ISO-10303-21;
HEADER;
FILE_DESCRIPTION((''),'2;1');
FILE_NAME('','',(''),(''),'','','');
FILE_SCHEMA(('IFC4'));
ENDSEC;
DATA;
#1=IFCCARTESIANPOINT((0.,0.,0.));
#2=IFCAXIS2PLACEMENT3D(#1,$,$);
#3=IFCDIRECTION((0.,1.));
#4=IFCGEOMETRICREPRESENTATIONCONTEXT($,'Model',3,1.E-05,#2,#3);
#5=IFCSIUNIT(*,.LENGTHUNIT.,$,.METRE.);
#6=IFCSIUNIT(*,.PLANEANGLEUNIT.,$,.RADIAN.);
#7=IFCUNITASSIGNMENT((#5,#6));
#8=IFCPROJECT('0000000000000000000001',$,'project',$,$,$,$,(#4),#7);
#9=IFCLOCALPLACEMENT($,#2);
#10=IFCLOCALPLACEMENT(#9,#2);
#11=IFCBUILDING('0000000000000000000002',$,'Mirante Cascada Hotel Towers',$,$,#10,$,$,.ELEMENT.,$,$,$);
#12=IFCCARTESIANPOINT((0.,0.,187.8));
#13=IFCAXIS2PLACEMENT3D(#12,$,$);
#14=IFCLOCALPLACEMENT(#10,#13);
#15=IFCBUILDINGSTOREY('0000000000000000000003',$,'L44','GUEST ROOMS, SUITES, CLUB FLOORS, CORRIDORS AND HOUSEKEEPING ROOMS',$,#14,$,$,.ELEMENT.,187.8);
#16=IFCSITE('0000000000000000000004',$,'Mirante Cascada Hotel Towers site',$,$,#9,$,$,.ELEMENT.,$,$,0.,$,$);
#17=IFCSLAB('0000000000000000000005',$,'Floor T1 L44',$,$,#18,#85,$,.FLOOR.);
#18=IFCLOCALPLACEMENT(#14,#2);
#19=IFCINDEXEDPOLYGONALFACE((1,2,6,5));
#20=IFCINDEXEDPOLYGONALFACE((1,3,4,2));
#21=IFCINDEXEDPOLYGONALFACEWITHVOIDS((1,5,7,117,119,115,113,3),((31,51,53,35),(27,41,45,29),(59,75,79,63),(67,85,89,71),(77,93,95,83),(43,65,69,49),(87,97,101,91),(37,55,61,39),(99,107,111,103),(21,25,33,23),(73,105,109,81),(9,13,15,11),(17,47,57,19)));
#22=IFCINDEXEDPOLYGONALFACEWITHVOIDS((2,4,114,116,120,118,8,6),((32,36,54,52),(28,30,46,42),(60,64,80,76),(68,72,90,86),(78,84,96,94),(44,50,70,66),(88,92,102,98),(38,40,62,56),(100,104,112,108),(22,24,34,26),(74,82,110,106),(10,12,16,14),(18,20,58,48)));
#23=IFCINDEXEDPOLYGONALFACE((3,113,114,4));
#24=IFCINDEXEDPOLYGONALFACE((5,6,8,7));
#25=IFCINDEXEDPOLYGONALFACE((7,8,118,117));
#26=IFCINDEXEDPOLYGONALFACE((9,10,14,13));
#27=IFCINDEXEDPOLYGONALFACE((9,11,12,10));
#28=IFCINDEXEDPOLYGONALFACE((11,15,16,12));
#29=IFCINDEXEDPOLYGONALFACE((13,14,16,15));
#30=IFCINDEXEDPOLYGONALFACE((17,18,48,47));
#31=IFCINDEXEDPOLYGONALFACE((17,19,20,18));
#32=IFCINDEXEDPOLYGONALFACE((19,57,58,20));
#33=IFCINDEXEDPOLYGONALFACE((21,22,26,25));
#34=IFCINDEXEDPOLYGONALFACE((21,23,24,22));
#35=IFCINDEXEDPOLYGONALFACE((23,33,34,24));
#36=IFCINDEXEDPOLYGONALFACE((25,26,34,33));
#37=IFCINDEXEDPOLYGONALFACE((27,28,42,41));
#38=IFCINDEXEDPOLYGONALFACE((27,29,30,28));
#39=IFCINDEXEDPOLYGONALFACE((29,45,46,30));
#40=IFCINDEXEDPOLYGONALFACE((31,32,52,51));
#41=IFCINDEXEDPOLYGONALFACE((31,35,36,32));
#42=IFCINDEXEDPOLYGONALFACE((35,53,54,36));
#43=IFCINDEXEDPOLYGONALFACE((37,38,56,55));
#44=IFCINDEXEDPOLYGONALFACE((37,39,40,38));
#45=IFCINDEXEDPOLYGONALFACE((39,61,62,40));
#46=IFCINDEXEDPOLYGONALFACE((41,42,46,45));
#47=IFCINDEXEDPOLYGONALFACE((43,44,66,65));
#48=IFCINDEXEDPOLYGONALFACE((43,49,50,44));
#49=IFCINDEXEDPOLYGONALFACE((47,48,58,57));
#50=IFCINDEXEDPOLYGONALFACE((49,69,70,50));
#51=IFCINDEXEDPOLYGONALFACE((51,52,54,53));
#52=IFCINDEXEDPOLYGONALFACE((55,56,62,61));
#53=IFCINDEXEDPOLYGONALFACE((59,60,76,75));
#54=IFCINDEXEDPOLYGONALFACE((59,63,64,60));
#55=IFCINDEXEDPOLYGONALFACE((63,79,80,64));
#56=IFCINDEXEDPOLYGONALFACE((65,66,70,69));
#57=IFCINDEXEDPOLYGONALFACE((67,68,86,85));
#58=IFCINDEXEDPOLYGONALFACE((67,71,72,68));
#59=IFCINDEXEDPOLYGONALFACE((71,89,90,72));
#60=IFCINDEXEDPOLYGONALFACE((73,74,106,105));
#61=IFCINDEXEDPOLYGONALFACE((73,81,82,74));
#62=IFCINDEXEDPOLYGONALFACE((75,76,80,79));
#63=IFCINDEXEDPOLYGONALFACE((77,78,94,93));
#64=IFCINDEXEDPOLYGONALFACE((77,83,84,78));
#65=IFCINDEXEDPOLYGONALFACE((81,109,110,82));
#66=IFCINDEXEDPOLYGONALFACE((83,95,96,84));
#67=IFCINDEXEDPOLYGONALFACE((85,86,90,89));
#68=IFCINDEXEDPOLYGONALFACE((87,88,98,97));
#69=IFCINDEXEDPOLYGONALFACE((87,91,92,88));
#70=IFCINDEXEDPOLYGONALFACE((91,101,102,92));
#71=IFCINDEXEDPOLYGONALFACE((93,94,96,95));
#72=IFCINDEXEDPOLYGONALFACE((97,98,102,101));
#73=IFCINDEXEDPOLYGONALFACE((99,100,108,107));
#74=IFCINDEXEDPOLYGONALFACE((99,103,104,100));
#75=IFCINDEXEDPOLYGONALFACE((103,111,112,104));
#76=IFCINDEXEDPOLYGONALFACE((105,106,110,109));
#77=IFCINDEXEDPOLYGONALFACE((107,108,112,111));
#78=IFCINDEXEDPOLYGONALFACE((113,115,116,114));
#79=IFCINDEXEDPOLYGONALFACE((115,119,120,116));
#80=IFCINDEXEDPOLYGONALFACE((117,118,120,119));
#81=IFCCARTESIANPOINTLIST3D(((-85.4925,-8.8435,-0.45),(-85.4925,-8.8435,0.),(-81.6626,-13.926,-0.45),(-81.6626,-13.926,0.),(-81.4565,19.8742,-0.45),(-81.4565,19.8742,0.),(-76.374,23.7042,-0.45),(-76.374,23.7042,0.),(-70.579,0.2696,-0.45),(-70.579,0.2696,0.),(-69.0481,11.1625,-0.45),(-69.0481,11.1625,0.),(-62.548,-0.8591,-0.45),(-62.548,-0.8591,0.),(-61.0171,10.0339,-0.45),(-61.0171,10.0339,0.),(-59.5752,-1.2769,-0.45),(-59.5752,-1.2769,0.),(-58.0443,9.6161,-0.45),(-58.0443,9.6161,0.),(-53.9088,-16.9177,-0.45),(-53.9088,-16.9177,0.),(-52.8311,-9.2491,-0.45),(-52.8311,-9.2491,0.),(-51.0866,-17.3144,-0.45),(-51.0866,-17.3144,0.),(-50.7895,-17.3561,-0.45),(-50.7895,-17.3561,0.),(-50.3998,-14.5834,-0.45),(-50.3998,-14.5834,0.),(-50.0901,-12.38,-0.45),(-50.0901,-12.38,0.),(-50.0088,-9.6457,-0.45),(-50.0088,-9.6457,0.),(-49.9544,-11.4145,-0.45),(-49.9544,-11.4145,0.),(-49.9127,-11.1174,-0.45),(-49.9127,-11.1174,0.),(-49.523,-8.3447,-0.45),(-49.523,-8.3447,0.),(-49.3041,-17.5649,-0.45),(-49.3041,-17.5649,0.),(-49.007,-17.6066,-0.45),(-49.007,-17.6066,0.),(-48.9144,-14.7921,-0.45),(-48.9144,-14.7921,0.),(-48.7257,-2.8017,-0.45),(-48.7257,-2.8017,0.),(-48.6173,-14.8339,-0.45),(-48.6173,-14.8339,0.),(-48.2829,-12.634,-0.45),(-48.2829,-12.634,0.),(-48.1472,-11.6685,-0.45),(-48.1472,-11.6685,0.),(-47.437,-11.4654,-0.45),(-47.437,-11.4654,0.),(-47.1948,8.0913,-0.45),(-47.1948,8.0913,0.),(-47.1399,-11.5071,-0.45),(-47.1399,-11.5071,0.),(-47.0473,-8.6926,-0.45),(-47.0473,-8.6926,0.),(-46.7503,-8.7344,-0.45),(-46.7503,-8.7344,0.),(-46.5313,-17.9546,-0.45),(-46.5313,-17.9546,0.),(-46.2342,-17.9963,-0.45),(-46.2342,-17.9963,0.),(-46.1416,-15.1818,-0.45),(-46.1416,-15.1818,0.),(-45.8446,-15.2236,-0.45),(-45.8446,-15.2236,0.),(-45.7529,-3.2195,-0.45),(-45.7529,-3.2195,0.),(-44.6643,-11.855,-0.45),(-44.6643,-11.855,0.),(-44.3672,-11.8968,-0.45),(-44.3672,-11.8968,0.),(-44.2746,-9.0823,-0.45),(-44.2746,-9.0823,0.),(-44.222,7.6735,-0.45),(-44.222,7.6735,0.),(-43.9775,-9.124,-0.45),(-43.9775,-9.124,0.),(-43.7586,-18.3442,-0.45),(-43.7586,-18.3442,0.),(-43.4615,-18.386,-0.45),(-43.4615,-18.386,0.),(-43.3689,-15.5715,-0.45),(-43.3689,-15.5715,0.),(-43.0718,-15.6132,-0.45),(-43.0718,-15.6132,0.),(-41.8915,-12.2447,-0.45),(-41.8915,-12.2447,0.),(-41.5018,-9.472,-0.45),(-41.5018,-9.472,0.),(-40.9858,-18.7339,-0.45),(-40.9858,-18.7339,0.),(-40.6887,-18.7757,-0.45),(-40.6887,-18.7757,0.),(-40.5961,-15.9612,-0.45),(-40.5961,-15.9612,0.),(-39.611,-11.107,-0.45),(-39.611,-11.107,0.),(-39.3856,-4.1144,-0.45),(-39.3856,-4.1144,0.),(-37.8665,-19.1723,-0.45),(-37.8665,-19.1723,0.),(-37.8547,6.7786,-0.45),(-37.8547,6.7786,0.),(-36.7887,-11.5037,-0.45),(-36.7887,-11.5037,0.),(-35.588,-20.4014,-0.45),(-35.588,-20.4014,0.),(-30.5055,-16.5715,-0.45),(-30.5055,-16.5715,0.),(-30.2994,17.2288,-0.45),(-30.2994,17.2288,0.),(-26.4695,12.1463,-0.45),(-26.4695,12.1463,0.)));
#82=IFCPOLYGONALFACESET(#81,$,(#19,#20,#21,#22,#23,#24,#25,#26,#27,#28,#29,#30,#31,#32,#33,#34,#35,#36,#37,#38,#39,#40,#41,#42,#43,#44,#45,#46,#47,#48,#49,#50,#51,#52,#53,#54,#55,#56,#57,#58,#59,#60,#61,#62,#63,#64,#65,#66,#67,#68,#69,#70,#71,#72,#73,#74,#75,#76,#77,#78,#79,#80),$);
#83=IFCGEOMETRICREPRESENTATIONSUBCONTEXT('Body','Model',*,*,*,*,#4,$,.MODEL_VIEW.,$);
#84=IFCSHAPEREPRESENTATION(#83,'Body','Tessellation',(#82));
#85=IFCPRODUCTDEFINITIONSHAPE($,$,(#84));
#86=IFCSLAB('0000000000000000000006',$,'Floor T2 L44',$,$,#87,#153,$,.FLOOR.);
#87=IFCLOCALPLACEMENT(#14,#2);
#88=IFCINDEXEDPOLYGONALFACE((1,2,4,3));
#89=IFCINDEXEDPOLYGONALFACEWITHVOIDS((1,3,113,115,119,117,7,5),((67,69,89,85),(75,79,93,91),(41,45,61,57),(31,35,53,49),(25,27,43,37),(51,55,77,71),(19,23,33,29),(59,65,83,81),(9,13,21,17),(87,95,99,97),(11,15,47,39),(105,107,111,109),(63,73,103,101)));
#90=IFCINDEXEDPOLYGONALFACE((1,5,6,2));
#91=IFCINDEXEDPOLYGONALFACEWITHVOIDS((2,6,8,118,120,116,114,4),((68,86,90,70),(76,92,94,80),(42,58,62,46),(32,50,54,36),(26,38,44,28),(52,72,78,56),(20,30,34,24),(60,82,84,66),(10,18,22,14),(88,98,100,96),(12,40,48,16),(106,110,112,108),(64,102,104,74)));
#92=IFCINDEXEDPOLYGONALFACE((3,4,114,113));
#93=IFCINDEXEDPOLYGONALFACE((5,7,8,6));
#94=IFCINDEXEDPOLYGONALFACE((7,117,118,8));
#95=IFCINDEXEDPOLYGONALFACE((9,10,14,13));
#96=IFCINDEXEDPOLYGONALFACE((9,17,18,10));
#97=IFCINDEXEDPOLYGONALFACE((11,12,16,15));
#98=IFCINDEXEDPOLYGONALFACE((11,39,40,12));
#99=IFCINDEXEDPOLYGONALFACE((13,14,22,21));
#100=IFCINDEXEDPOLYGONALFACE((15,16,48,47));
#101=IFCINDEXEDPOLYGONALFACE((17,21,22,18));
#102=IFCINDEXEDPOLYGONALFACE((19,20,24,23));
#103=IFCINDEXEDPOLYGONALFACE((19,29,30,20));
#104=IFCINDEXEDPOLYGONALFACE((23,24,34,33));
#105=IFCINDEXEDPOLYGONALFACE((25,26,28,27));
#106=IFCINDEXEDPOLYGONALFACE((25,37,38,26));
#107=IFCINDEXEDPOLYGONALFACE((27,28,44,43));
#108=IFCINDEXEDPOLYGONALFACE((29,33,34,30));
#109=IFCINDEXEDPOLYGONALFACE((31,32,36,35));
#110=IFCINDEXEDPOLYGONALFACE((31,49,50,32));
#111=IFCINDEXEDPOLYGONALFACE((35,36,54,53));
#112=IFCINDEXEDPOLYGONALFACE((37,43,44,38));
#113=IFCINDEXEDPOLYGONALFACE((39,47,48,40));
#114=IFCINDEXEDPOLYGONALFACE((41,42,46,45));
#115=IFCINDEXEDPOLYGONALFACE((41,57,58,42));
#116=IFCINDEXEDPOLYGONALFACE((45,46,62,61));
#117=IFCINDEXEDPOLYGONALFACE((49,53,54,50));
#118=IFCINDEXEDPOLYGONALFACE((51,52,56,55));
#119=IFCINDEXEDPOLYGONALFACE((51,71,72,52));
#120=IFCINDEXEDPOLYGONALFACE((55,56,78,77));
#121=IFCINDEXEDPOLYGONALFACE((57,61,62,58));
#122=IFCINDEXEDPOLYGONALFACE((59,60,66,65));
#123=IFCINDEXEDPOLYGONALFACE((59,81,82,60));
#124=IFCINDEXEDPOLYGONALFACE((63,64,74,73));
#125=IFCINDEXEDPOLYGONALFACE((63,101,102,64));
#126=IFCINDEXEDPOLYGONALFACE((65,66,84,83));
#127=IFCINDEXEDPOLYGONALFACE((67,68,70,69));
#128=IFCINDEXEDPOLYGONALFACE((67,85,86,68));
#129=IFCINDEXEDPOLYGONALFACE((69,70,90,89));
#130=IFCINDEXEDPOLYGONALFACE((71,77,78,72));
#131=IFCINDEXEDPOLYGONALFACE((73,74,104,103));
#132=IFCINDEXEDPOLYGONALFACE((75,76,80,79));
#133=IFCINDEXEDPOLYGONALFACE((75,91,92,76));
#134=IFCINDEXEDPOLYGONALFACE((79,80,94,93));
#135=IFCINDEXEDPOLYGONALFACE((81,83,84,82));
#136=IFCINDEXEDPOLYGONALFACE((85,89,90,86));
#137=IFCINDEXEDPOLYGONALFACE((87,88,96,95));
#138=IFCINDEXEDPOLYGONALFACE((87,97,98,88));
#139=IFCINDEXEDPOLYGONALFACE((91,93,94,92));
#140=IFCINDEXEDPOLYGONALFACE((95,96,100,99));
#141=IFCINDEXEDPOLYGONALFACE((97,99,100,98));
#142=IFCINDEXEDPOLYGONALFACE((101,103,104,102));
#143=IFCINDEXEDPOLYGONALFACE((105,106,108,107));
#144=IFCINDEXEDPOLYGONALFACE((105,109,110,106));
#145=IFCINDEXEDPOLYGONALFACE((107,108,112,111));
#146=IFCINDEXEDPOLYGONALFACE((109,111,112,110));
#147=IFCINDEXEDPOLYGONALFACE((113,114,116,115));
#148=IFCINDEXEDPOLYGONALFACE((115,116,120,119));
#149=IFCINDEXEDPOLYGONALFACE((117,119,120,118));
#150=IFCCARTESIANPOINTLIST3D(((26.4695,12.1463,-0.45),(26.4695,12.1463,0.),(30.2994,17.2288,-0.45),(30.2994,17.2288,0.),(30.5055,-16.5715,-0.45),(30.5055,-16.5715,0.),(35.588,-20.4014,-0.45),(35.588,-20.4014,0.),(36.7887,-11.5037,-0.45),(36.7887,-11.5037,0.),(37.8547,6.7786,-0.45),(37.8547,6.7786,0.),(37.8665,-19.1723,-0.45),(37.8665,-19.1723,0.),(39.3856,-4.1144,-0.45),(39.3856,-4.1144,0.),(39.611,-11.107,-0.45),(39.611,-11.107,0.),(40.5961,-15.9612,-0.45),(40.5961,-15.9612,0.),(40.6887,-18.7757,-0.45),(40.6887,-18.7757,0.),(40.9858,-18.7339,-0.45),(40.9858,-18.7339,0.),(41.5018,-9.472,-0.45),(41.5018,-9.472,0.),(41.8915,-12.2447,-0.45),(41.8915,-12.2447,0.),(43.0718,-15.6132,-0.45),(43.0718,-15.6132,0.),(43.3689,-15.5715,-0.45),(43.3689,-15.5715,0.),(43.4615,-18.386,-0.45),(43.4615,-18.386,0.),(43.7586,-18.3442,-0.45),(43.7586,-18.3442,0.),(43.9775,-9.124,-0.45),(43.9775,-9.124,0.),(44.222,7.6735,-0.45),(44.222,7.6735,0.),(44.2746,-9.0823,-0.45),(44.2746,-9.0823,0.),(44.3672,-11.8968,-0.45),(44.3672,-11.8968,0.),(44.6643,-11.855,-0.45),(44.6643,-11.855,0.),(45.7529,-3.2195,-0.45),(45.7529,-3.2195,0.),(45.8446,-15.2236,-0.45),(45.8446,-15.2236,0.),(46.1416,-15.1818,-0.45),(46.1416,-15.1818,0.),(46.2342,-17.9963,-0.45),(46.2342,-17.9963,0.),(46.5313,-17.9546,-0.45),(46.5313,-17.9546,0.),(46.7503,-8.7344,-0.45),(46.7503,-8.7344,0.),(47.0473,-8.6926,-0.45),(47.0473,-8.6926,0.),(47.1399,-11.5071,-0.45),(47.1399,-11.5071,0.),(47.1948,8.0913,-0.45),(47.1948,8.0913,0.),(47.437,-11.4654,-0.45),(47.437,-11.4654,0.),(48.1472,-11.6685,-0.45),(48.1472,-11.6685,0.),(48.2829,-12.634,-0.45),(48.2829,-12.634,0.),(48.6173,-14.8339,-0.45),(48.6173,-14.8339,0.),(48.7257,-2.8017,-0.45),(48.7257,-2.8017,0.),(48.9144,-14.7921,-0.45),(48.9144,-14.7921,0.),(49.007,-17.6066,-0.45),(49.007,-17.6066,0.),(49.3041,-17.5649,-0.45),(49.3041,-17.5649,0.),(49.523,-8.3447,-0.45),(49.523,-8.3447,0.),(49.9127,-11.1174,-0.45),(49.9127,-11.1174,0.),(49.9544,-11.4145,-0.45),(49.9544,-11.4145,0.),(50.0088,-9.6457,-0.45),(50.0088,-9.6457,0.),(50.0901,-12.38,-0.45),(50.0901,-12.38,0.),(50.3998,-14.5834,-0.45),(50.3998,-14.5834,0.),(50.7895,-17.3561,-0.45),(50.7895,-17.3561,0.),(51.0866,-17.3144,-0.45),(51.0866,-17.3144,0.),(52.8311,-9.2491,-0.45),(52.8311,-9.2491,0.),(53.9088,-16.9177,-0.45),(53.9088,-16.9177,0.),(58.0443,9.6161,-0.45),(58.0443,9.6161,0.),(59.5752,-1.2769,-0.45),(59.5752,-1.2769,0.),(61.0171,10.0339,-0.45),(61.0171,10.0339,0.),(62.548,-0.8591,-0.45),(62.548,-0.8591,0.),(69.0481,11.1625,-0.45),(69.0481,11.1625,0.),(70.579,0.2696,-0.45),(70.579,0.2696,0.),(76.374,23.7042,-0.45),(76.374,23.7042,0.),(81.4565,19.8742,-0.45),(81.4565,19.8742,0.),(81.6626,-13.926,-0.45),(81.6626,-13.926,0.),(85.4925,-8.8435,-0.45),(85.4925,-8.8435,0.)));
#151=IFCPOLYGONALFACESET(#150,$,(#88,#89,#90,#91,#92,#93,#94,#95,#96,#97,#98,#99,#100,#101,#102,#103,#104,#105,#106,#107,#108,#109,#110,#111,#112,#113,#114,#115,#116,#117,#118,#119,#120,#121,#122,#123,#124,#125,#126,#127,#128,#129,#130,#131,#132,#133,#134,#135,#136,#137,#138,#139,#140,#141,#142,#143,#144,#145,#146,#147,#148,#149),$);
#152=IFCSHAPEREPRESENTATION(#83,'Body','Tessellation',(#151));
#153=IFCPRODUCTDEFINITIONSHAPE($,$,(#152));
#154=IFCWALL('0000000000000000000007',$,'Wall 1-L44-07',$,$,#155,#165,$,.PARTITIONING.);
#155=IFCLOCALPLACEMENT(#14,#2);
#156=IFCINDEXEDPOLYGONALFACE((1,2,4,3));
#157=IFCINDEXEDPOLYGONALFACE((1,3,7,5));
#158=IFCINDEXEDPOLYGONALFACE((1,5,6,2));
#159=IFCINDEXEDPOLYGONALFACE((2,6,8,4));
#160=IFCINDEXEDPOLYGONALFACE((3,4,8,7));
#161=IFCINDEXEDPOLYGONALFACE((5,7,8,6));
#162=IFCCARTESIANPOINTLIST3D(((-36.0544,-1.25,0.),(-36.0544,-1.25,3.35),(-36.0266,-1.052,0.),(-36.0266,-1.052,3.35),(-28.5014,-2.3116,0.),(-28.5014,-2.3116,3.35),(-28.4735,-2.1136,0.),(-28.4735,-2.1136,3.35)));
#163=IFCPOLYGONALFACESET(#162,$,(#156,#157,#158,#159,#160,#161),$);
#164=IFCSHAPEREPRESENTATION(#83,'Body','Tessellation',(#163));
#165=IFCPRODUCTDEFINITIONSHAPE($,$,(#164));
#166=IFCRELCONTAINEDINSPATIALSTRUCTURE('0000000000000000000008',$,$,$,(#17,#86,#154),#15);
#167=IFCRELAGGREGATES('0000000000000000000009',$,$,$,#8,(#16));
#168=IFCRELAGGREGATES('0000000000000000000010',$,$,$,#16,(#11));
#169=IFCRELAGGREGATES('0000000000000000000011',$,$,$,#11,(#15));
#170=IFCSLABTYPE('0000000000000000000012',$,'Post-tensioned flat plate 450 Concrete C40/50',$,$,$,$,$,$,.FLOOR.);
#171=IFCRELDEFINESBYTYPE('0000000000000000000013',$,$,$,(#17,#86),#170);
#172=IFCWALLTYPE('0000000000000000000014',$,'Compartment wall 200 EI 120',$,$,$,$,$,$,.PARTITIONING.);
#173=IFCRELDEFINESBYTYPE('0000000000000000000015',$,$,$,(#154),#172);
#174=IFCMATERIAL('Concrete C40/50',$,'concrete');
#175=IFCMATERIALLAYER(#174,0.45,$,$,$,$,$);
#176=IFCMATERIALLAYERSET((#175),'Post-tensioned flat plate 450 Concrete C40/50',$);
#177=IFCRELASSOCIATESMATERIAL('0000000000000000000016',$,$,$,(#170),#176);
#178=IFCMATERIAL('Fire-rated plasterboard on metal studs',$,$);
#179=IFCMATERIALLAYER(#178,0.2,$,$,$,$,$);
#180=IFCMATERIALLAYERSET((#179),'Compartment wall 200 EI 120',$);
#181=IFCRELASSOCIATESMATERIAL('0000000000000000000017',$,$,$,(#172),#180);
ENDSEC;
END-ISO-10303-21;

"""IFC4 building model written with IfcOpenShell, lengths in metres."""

from ifc_helpers import new_model, si_unit, direction, frame, frame_2d, origin, place, context, subcontext, project, spatial, polyline, rectangle, outline, extrude, material, layer, layer_set, type_object, element, save


model = new_model("IFC4")

# Units and contexts
model_context = context("Model", 3, precision=1e-05, world=origin(), true_north=direction((0.0, 1.0)))
body_context = subcontext(model_context, "Body", "Model", "MODEL_VIEW")
ifc_project = project(units=[si_unit("LENGTHUNIT", "METRE"), si_unit("PLANEANGLEUNIT", "RADIAN")], contexts=[model_context])

# Site, building, storey
site_placement = place(None, origin())
site = spatial("IfcSite", under=ifc_project, at=site_placement, Name="Mirante Cascada Hotel Towers site", CompositionType="ELEMENT", RefElevation=0.0)
building_placement = place(site_placement, origin())
building = spatial("IfcBuilding", under=site, at=building_placement, Name="Mirante Cascada Hotel Towers", CompositionType="ELEMENT")
storey_placement = place(building_placement, frame((0.0, 0.0, 187.8)))
storey = spatial("IfcBuildingStorey", under=building, at=storey_placement, Name="L44", Description="GUEST ROOMS, SUITES, CLUB FLOORS, CORRIDORS AND HOUSEKEEPING ROOMS", CompositionType="ELEMENT", Elevation=187.8)

# Slabs
ifc_material_1 = material(Name="Concrete C40/50", Category="concrete")
ifc_layer_1 = layer(ifc_material_1, 0.45)
ifc_layer_set_1 = layer_set([ifc_layer_1], Name="Post-tensioned flat plate 450 Concrete C40/50")
slab_type = type_object("IfcSlabType", Name="Post-tensioned flat plate 450 Concrete C40/50", PredefinedType="FLOOR", material=ifc_layer_set_1)
slab_1_placement = place(storey_placement, frame((0.0, 0.0, -0.45)))
element("IfcSlab", 1, at=slab_1_placement, inside=storey, type_object=slab_type, Name="Floor T1 L44", PredefinedType="FLOOR", context=body_context, shape_type="SweptSolid", body=[
    extrude(outline(polyline([(-30.5055, -16.5715), (-26.4695, 12.1463), (-30.2994, 17.2288), (-76.374, 23.7042), (-81.4565, 19.8742), (-85.4925, -8.8435), (-81.6626, -13.926), (-35.588, -20.4014), (-30.5055, -16.5715)]), holes=[polyline([(-40.5961, -15.9612), (-40.9858, -18.7339), (-43.4615, -18.386), (-43.0718, -15.6132), (-40.5961, -15.9612)]), polyline([(-43.3689, -15.5715), (-43.7586, -18.3442), (-46.2342, -17.9963), (-45.8446, -15.2236), (-43.3689, -15.5715)]), polyline([(-46.1416, -15.1818), (-46.5313, -17.9546), (-49.007, -17.6066), (-48.6173, -14.8339), (-46.1416, -15.1818)]), polyline([(-36.7887, -11.5037), (-37.8665, -19.1723), (-40.6887, -18.7757), (-39.611, -11.107), (-36.7887, -11.5037)]), polyline([(-43.9775, -9.124), (-41.5018, -9.472), (-41.8915, -12.2447), (-44.3672, -11.8968), (-43.9775, -9.124)]), polyline([(-44.2746, -9.0823), (-44.6643, -11.855), (-47.1399, -11.5071), (-46.7503, -8.7344), (-44.2746, -9.0823)]), polyline([(-50.3998, -14.5834), (-48.9144, -14.7921), (-49.3041, -17.5649), (-50.7895, -17.3561), (-50.3998, -14.5834)]), polyline([(-50.0088, -9.6457), (-51.0866, -17.3144), (-53.9088, -16.9177), (-52.8311, -9.2491), (-50.0088, -9.6457)]), polyline([(-48.1472, -11.6685), (-48.2829, -12.634), (-50.0901, -12.38), (-49.9544, -11.4145), (-48.1472, -11.6685)]), polyline([(-49.523, -8.3447), (-47.0473, -8.6926), (-47.437, -11.4654), (-49.9127, -11.1174), (-49.523, -8.3447)]), polyline([(-61.0171, 10.0339), (-61.0171, 10.0339), (-62.548, -0.8591), (-62.548, -0.8591), (-70.579, 0.2696), (-69.0481, 11.1625), (-61.0171, 10.0339)]), polyline([(-47.1948, 8.0913), (-48.7257, -2.8017), (-48.7257, -2.8017), (-59.5752, -1.2769), (-59.5752, -1.2769), (-58.0443, 9.6161), (-47.1948, 8.0913)]), polyline([(-37.8547, 6.7786), (-39.3856, -4.1144), (-45.7529, -3.2195), (-45.7529, -3.2195), (-44.222, 7.6735), (-37.8547, 6.7786)])]), origin(), (0.0, 0.0, 1.0), 0.45),
])
slab_2_placement = place(storey_placement, frame((0.0, 0.0, -0.45)))
element("IfcSlab", 2, at=slab_2_placement, inside=storey, type_object=slab_type, Name="Floor T2 L44", PredefinedType="FLOOR", context=body_context, shape_type="SweptSolid", body=[
    extrude(outline(polyline([(30.5055, -16.5715), (26.4695, 12.1463), (30.2994, 17.2288), (76.374, 23.7042), (81.4565, 19.8742), (85.4925, -8.8435), (81.6626, -13.926), (35.588, -20.4014), (30.5055, -16.5715)]), holes=[polyline([(40.5961, -15.9612), (40.9858, -18.7339), (43.4615, -18.386), (43.0718, -15.6132), (40.5961, -15.9612)]), polyline([(43.3689, -15.5715), (43.7586, -18.3442), (46.2342, -17.9963), (45.8446, -15.2236), (43.3689, -15.5715)]), polyline([(46.1416, -15.1818), (46.5313, -17.9546), (49.007, -17.6066), (48.6173, -14.8339), (46.1416, -15.1818)]), polyline([(37.8665, -19.1723), (40.6887, -18.7757), (39.611, -11.107), (36.7887, -11.5037), (37.8665, -19.1723)]), polyline([(43.9775, -9.124), (41.5018, -9.472), (41.8915, -12.2447), (44.3672, -11.8968), (43.9775, -9.124)]), polyline([(44.2746, -9.0823), (44.6643, -11.855), (47.1399, -11.5071), (46.7503, -8.7344), (44.2746, -9.0823)]), polyline([(50.3998, -14.5834), (48.9144, -14.7921), (49.3041, -17.5649), (50.7895, -17.3561), (50.3998, -14.5834)]), polyline([(51.0866, -17.3144), (53.9088, -16.9177), (52.8311, -9.2491), (50.0088, -9.6457), (51.0866, -17.3144)]), polyline([(48.1472, -11.6685), (48.2829, -12.634), (50.0901, -12.38), (49.9544, -11.4145), (48.1472, -11.6685)]), polyline([(49.523, -8.3447), (47.0473, -8.6926), (47.437, -11.4654), (49.9127, -11.1174), (49.523, -8.3447)]), polyline([(69.0481, 11.1625), (70.579, 0.2696), (62.548, -0.8591), (62.548, -0.8591), (61.0171, 10.0339), (61.0171, 10.0339), (69.0481, 11.1625)]), polyline([(58.0443, 9.6161), (59.5752, -1.2769), (59.5752, -1.2769), (48.7257, -2.8017), (48.7257, -2.8017), (47.1948, 8.0913), (58.0443, 9.6161)]), polyline([(39.3856, -4.1144), (37.8547, 6.7786), (44.222, 7.6735), (45.7529, -3.2195), (45.7529, -3.2195), (39.3856, -4.1144)])]), origin(), (0.0, 0.0, 1.0), 0.45),
])

# Wall
ifc_material_2 = material(Name="Fire-rated plasterboard on metal studs")
ifc_layer_2 = layer(ifc_material_2, 0.2)
ifc_layer_set_2 = layer_set([ifc_layer_2], Name="Compartment wall 200 EI 120")
wall_type_1 = type_object("IfcWallType", Name="Compartment wall 200 EI 120", PredefinedType="PARTITIONING", material=ifc_layer_set_2)
wall_1_placement = place(storey_placement, frame((-28.4875, -2.2126, 0.0), z_axis=(0.0, 0.0, 1.0), x_axis=(-0.990267, 0.139183, 0.0)))
element("IfcWall", 3, at=wall_1_placement, inside=storey, type_object=wall_type_1, Name="Wall 1-L44-07", PredefinedType="PARTITIONING", context=body_context, shape_type="SweptSolid", body=[
    extrude(rectangle(XDim=7.6273, YDim=0.2, at=frame_2d((3.8136, 0.0))), origin(), (0.0, 0.0, 1.0), 3.35),
])

save(model, "model.ifc")
